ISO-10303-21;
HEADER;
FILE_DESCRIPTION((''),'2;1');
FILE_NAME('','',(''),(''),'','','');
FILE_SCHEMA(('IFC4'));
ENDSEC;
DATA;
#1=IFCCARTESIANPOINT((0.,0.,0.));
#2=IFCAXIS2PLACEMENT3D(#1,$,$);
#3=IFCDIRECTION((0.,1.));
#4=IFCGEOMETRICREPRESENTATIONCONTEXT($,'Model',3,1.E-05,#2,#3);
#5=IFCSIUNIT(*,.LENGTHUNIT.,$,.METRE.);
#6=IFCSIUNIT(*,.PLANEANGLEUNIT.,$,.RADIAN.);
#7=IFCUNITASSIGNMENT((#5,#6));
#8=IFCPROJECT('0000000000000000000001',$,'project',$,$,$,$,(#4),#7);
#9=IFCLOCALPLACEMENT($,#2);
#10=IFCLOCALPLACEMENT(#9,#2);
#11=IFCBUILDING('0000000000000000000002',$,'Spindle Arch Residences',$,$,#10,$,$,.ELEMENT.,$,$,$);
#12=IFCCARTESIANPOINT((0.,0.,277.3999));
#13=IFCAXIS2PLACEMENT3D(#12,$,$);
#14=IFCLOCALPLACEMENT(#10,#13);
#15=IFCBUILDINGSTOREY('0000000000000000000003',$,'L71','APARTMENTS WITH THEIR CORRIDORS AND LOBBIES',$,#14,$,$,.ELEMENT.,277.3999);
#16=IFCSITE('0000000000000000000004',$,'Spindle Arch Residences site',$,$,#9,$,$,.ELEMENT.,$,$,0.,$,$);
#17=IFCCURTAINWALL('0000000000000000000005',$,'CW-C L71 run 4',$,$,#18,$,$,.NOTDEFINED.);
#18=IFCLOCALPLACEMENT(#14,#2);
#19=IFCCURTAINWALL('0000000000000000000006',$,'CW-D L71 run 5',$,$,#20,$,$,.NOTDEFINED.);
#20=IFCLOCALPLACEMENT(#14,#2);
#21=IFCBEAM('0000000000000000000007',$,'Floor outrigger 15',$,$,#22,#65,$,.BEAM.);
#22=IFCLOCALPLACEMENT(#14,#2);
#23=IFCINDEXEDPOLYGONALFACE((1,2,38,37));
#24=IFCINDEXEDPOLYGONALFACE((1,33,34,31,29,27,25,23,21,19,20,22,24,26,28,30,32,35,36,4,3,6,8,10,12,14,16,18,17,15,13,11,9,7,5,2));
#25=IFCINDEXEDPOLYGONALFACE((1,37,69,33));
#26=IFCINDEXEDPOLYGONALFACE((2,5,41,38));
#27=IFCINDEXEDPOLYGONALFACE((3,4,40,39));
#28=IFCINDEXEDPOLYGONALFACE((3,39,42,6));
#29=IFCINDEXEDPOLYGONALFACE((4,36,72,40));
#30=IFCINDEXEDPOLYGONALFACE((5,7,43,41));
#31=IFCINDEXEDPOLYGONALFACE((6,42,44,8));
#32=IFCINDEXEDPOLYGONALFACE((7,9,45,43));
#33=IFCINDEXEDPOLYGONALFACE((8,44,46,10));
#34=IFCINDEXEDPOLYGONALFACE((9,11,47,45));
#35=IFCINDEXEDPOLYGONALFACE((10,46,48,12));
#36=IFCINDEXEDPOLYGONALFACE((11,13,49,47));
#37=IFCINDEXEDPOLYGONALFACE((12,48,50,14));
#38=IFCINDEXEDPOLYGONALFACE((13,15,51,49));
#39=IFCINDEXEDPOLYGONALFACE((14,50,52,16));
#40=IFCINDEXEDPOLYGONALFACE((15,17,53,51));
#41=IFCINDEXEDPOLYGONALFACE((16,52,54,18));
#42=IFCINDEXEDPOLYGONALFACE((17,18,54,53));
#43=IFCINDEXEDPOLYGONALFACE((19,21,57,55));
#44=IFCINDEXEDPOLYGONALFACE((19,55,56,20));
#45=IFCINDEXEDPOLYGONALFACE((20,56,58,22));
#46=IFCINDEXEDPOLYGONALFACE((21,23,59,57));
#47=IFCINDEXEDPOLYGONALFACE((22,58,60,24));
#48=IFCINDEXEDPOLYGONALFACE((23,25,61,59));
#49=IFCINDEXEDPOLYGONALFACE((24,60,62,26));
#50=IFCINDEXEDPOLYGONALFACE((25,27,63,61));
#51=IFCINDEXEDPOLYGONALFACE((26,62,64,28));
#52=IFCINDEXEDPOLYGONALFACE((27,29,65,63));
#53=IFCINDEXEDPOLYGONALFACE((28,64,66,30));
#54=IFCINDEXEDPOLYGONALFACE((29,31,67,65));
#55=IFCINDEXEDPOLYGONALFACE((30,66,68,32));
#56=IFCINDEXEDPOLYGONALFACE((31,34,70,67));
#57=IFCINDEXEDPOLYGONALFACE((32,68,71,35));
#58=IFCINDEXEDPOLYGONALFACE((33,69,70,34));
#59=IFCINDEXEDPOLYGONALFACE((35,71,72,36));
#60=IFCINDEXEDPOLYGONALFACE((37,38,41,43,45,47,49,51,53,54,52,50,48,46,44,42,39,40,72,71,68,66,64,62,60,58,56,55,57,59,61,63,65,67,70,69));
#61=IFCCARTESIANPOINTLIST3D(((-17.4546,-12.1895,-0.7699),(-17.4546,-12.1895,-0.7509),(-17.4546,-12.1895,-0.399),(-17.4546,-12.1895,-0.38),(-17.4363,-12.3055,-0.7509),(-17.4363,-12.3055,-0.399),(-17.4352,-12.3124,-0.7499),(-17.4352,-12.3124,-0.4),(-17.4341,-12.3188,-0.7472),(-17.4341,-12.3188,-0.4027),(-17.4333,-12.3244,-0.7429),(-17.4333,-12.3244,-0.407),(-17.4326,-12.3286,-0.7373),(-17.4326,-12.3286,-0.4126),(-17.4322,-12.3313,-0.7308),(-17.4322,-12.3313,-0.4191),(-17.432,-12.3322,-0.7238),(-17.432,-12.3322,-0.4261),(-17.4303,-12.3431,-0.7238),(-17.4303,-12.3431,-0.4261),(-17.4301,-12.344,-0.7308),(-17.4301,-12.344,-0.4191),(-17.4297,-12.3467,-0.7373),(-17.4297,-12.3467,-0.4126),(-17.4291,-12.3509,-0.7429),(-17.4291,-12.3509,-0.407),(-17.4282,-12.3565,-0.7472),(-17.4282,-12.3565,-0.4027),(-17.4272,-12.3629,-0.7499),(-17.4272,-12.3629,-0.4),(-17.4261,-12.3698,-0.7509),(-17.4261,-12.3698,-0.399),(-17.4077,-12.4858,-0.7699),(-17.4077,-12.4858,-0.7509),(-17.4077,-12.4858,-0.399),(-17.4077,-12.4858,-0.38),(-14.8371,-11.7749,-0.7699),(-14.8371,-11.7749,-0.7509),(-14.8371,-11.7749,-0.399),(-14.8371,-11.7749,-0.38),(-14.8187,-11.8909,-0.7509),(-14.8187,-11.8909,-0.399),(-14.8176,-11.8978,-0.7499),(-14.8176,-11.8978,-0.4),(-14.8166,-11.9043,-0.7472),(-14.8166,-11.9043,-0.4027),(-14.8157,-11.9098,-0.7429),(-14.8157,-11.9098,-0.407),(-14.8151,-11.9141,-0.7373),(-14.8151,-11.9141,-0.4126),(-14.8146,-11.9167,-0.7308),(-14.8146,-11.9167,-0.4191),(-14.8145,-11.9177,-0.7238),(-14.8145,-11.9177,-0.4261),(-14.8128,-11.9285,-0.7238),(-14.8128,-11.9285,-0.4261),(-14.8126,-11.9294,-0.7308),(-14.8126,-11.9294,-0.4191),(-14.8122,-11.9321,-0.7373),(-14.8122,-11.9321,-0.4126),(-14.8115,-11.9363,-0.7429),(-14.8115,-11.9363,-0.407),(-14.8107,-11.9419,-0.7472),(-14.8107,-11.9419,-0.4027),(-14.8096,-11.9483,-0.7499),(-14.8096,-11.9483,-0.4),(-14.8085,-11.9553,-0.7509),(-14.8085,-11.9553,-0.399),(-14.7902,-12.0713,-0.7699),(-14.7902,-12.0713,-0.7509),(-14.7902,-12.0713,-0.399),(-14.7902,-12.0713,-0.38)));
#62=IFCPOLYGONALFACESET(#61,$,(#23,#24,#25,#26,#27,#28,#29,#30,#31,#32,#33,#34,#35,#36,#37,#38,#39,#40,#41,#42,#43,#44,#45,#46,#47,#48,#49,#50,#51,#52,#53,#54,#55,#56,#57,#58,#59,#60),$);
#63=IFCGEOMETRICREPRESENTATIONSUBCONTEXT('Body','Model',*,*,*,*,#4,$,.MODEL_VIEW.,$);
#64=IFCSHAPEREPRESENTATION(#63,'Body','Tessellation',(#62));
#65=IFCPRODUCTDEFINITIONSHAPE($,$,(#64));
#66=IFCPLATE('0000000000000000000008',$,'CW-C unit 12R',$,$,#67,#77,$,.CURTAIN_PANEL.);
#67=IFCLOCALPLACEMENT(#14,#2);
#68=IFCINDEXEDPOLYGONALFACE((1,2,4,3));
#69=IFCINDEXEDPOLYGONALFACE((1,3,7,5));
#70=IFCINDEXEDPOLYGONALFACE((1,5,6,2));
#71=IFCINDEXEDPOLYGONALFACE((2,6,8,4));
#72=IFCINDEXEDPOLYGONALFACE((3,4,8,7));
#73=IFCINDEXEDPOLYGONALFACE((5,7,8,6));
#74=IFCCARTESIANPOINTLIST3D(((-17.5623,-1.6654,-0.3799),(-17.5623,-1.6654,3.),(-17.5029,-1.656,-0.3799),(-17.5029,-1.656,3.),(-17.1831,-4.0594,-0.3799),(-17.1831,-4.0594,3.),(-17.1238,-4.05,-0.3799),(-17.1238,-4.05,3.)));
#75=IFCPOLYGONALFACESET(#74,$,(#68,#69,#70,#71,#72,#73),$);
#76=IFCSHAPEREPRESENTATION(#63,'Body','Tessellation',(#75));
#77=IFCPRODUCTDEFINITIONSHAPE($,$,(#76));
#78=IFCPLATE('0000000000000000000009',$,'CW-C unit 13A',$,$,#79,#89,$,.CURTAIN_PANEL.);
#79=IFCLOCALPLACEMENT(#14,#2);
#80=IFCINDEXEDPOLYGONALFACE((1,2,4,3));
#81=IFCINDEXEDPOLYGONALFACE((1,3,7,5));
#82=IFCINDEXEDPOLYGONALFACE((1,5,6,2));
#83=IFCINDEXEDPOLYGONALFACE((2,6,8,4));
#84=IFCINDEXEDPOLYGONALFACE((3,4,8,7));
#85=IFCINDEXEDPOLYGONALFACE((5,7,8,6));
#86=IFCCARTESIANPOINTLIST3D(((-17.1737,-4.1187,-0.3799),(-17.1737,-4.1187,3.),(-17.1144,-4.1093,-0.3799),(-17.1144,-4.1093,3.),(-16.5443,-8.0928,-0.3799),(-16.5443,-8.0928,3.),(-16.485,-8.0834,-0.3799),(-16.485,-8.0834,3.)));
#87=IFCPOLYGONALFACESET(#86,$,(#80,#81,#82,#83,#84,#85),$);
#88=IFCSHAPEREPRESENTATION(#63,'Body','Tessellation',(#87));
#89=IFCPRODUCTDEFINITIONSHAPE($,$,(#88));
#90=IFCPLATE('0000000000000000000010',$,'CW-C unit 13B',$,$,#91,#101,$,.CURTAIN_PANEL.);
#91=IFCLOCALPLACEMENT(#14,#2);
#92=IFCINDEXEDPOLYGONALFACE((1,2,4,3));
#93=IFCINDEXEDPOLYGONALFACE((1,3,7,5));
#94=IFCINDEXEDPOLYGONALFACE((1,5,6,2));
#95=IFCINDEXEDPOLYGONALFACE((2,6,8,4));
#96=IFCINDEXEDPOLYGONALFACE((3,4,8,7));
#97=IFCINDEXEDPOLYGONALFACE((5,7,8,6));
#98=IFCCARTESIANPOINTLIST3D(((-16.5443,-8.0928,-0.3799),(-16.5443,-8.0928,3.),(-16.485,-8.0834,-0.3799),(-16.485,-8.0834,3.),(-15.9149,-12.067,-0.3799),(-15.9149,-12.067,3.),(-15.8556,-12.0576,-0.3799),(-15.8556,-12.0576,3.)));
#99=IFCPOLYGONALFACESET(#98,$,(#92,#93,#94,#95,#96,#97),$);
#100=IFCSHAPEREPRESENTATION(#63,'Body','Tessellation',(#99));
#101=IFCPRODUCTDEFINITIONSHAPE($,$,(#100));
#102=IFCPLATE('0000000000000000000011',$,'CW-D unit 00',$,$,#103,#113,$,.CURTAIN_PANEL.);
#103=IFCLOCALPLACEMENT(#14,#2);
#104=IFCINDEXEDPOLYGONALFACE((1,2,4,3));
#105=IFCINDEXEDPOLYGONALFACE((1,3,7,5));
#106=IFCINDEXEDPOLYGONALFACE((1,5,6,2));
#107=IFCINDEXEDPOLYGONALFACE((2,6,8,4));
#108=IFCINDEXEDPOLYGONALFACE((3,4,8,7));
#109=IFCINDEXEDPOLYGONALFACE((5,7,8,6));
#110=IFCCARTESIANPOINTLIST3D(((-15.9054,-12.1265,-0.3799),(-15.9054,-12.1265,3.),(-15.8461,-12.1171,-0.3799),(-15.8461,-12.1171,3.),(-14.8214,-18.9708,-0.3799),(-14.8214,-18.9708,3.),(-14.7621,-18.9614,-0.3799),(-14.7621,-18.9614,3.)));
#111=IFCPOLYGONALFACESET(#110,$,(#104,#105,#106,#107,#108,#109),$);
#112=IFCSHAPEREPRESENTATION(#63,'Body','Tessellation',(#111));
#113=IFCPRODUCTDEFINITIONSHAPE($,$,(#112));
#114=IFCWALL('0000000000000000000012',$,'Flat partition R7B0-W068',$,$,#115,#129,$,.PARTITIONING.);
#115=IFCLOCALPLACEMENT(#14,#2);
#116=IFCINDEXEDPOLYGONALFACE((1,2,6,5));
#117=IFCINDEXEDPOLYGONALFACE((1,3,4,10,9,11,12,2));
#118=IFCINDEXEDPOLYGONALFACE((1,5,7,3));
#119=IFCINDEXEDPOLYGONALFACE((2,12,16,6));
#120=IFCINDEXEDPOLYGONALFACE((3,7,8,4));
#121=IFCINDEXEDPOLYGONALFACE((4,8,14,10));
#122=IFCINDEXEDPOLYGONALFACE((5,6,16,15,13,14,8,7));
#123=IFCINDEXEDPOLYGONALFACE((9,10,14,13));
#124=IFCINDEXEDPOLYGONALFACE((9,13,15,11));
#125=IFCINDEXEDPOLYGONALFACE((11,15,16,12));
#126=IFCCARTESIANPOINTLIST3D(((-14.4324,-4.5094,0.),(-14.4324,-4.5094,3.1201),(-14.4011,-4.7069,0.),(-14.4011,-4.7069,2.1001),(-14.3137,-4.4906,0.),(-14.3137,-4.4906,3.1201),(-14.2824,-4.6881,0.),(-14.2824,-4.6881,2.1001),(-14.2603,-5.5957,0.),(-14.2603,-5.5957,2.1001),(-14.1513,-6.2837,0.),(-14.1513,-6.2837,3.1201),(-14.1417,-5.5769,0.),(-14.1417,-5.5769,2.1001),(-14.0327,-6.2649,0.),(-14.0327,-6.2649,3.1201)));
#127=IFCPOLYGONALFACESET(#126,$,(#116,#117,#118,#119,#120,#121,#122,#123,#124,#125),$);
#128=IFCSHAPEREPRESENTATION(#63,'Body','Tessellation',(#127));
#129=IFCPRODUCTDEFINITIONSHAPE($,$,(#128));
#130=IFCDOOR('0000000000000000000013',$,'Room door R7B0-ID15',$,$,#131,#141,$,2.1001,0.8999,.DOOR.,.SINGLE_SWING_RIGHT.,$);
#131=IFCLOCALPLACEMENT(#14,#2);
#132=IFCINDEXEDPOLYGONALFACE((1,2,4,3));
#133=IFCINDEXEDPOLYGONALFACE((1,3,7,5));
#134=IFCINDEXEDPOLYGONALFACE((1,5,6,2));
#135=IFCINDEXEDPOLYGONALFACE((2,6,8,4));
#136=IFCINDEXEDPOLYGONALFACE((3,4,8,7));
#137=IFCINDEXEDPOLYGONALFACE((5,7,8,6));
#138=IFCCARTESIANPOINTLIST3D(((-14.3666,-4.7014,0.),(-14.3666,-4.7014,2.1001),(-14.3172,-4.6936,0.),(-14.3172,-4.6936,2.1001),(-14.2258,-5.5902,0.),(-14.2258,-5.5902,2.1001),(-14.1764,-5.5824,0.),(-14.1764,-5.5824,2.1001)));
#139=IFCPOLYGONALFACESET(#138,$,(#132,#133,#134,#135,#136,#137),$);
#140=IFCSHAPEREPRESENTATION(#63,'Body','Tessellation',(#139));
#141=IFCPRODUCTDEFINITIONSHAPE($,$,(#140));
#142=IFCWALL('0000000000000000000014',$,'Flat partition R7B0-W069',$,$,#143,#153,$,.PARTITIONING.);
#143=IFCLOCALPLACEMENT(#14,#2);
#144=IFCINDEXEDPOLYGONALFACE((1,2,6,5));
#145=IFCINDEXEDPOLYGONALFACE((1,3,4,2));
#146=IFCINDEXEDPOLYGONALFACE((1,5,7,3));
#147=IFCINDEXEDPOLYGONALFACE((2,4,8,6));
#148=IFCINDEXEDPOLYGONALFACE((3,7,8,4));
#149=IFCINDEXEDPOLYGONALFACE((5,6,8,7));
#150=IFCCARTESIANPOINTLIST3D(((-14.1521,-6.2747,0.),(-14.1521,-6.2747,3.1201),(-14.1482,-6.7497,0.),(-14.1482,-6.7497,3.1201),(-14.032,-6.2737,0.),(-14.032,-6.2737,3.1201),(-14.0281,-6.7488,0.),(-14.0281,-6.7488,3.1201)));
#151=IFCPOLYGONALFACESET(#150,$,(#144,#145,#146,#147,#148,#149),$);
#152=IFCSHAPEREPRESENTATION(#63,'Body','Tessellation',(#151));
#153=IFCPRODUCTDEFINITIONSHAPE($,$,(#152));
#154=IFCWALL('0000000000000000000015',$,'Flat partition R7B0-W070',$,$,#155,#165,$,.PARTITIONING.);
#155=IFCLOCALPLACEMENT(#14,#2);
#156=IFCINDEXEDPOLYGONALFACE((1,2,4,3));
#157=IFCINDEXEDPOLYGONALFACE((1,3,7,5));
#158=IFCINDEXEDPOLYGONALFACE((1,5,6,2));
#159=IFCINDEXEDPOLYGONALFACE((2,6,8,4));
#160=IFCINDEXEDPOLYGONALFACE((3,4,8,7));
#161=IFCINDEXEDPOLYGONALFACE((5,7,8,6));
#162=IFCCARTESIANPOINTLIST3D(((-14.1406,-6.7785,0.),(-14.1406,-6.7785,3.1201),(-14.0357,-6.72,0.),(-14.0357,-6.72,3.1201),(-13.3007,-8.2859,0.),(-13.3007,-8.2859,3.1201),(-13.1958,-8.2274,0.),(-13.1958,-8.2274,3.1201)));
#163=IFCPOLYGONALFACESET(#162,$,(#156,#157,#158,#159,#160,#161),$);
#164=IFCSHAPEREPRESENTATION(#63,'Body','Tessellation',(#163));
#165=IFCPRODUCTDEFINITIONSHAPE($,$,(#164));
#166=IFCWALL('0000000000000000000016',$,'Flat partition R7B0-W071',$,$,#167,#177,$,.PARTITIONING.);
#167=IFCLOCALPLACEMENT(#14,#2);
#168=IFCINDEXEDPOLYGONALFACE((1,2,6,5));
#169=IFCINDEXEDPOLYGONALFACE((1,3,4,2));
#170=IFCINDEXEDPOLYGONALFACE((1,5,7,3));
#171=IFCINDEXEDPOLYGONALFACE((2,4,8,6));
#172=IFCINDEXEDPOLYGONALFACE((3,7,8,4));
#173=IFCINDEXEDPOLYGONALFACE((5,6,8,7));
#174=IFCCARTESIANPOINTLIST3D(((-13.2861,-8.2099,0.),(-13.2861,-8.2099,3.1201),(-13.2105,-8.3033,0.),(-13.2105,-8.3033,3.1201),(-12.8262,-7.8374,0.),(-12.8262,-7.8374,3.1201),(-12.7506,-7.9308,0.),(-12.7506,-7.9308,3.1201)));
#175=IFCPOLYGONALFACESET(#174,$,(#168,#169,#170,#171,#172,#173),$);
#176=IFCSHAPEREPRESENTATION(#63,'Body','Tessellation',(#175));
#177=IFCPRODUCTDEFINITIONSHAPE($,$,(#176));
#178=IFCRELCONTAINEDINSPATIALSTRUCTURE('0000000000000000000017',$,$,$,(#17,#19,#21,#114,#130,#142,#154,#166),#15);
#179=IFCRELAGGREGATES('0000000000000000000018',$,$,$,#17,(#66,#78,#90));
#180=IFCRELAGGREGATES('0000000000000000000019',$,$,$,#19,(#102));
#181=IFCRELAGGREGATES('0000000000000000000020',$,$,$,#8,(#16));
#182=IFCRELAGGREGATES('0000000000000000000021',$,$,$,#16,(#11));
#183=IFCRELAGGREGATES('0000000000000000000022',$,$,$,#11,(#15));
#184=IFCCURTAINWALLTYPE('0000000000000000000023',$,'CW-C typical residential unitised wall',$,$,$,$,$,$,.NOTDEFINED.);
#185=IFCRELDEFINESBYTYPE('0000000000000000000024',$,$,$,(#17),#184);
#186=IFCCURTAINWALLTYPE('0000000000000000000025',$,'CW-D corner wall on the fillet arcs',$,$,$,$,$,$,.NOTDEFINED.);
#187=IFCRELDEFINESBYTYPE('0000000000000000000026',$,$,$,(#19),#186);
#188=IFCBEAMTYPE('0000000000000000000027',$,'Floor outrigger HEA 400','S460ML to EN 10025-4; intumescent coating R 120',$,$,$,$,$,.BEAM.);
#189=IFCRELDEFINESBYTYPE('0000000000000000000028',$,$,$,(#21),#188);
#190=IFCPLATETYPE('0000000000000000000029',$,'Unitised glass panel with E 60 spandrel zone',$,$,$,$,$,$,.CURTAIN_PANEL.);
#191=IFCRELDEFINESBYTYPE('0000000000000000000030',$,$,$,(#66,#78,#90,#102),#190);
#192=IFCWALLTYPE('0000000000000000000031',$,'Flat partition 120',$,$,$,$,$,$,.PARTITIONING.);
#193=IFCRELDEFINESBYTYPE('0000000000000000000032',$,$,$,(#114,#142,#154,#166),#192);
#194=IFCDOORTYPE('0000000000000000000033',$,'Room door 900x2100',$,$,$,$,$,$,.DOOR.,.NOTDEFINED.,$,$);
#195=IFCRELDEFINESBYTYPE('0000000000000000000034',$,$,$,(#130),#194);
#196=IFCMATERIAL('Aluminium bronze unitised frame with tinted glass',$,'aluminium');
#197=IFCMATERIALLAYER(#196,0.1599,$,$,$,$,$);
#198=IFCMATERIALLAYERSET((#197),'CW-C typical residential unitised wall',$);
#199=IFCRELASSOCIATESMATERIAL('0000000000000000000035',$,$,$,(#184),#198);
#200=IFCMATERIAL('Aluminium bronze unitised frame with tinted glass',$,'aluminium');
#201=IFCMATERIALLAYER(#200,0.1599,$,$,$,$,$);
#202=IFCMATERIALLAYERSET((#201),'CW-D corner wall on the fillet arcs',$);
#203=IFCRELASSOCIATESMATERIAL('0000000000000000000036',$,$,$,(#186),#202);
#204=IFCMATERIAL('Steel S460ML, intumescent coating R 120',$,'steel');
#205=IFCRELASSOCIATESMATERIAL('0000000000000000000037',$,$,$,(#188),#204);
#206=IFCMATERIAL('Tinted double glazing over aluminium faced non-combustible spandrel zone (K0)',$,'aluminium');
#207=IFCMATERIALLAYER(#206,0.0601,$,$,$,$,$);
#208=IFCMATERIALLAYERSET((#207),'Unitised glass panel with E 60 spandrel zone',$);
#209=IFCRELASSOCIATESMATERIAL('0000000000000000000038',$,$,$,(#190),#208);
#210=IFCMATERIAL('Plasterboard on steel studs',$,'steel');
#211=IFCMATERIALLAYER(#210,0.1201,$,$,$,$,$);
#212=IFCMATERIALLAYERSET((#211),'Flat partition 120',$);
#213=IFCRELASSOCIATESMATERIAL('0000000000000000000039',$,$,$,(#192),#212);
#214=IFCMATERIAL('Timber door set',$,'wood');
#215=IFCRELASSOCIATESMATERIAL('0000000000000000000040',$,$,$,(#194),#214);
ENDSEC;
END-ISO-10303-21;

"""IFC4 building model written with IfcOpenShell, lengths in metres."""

from ifc_helpers import new_model, si_unit, direction, frame, frame_2d, origin, origin_2d, place, context, subcontext, project, spatial, rectangle, i_section, extrude, material, layer, layer_set, material_profile, profile_set, type_object, element, fill, aggregate, save


model = new_model("IFC4")

# Units and contexts
model_context = context("Model", 3, precision=1e-05, world=origin(), true_north=direction((0.0, 1.0)))
body_context = subcontext(model_context, "Body", "Model", "MODEL_VIEW")
ifc_project = project(units=[si_unit("LENGTHUNIT", "METRE"), si_unit("PLANEANGLEUNIT", "RADIAN")], contexts=[model_context])

# Site, building, storey
site_placement = place(None, origin())
site = spatial("IfcSite", under=ifc_project, at=site_placement, Name="Spindle Arch Residences site", CompositionType="ELEMENT", RefElevation=0.0)
building_placement = place(site_placement, origin())
building = spatial("IfcBuilding", under=site, at=building_placement, Name="Spindle Arch Residences", CompositionType="ELEMENT")
storey_placement = place(building_placement, frame((0.0, 0.0, 277.3999)))
storey = spatial("IfcBuildingStorey", under=building, at=storey_placement, Name="L71", Description="APARTMENTS WITH THEIR CORRIDORS AND LOBBIES", CompositionType="ELEMENT", Elevation=277.3999)

# Curtain wall
ifc_material_1 = material(Name="Aluminium bronze unitised frame with tinted glass", Category="aluminium")
ifc_layer_1 = layer(ifc_material_1, 0.1599)
ifc_layer_set_1 = layer_set([ifc_layer_1], Name="CW-C typical residential unitised wall")
curtain_wall_type_1 = type_object("IfcCurtainWallType", Name="CW-C typical residential unitised wall", PredefinedType="NOTDEFINED", material=ifc_layer_set_1)
curtain_wall_1_placement = place(storey_placement, origin())
curtain_wall_1 = element("IfcCurtainWall", 1, at=curtain_wall_1_placement, inside=storey, type_object=curtain_wall_type_1, Name="CW-C L71 run 4", PredefinedType="NOTDEFINED")

# Curtain wall
ifc_material_2 = material(Name="Aluminium bronze unitised frame with tinted glass", Category="aluminium")
ifc_layer_2 = layer(ifc_material_2, 0.1599)
ifc_layer_set_2 = layer_set([ifc_layer_2], Name="CW-D corner wall on the fillet arcs")
curtain_wall_type_2 = type_object("IfcCurtainWallType", Name="CW-D corner wall on the fillet arcs", PredefinedType="NOTDEFINED", material=ifc_layer_set_2)
curtain_wall_2_placement = place(storey_placement, origin())
curtain_wall_2 = element("IfcCurtainWall", 2, at=curtain_wall_2_placement, inside=storey, type_object=curtain_wall_type_2, Name="CW-D L71 run 5", PredefinedType="NOTDEFINED")

# Beam
ifc_material_3 = material(Name="Steel S460ML, intumescent coating R 120", Category="steel")
ifc_material_profile_1 = material_profile(ifc_material_3, i_section(OverallWidth=0.3, OverallDepth=0.3899, WebThickness=0.011, FlangeThickness=0.019, FilletRadius=0.0271, at=origin_2d()), Name="HEA 400")
ifc_profile_set_1 = profile_set([ifc_material_profile_1], Name="Steel S460ML, intumescent coating R 120")
beam_type_1 = type_object("IfcBeamType", Name="Floor outrigger HEA 400", Description="S460ML to EN 10025-4; intumescent coating R 120", PredefinedType="BEAM", material=ifc_profile_set_1)
for number, where, z_axis, x_axis, name in (
    (3, (-17.4312, -12.3376, -0.575), (0.987689, 0.156431, 0.0), (-0.156431, 0.987689, 0.0), "Floor outrigger 15"),
):
    element("IfcBeam", number, at=place(storey_placement, frame(where, z_axis=z_axis, x_axis=x_axis)), inside=storey, type_object=beam_type_1, Name=name, PredefinedType="BEAM", context=body_context, shape_type="SweptSolid", body=[
        extrude(i_section(OverallWidth=0.3, OverallDepth=0.3899, WebThickness=0.011, FlangeThickness=0.019, FilletRadius=0.0271, at=origin_2d()), origin(), (0.0, 0.0, 1.0), 2.6501),
    ])

# Plates
ifc_material_4 = material(Name="Tinted double glazing over aluminium faced non-combustible spandrel zone (K0)", Category="aluminium")
ifc_layer_3 = layer(ifc_material_4, 0.0601)
ifc_layer_set_3 = layer_set([ifc_layer_3], Name="Unitised glass panel with E 60 spandrel zone")
plate_type = type_object("IfcPlateType", Name="Unitised glass panel with E 60 spandrel zone", PredefinedType="CURTAIN_PANEL", material=ifc_layer_set_3)
plate_1_placement = place(storey_placement, frame((-17.343, -2.8577, -0.3799), z_axis=(0.0, 0.0, 1.0), x_axis=(0.156434, -0.987688, 0.0)))
plate_1 = element("IfcPlate", 4, at=plate_1_placement, type_object=plate_type, Name="CW-C unit 12R", PredefinedType="CURTAIN_PANEL", context=body_context, shape_type="SweptSolid", body=[
    extrude(rectangle(XDim=2.4238, YDim=0.0601, at=origin_2d()), origin(), (0.0, 0.0, 1.0), 3.3799),
])
plate_2_placement = place(storey_placement, frame((-16.8293, -6.1011, -0.3799), z_axis=(0.0, 0.0, 1.0), x_axis=(0.156434, -0.987688, 0.0)))
plate_2 = element("IfcPlate", 5, at=plate_2_placement, type_object=plate_type, Name="CW-C unit 13A", PredefinedType="CURTAIN_PANEL", context=body_context, shape_type="SweptSolid", body=[
    extrude(rectangle(XDim=4.0237, YDim=0.0601, at=origin_2d()), origin(), (0.0, 0.0, 1.0), 3.3799),
])
plate_3_placement = place(storey_placement, frame((-16.2, -10.0752, -0.3799), z_axis=(0.0, 0.0, 1.0), x_axis=(0.156434, -0.987688, 0.0)))
plate_3 = element("IfcPlate", 6, at=plate_3_placement, type_object=plate_type, Name="CW-C unit 13B", PredefinedType="CURTAIN_PANEL", context=body_context, shape_type="SweptSolid", body=[
    extrude(rectangle(XDim=4.0237, YDim=0.0601, at=origin_2d()), origin(), (0.0, 0.0, 1.0), 3.3799),
])
aggregate(curtain_wall_1, [plate_1, plate_2, plate_3])
plate_4_placement = place(storey_placement, frame((-15.3337, -15.5439, -0.3799), z_axis=(0.0, 0.0, 1.0), x_axis=(0.156434, -0.987688, 0.0)))
plate_4 = element("IfcPlate", 7, at=plate_4_placement, type_object=plate_type, Name="CW-D unit 00", PredefinedType="CURTAIN_PANEL", context=body_context, shape_type="SweptSolid", body=[
    extrude(rectangle(XDim=6.9297, YDim=0.0601, at=origin_2d()), origin(), (0.0, 0.0, 1.0), 3.3799),
])
aggregate(curtain_wall_2, [plate_4])

# Wall, opening, door
ifc_material_5 = material(Name="Plasterboard on steel studs", Category="steel")
ifc_layer_4 = layer(ifc_material_5, 0.1201)
ifc_layer_set_4 = layer_set([ifc_layer_4], Name="Flat partition 120")
wall_type_1 = type_object("IfcWallType", Name="Flat partition 120", PredefinedType="PARTITIONING", material=ifc_layer_set_4)
wall_1_placement = place(storey_placement, frame((-14.373, -4.5, 0.0), z_axis=(0.0, 0.0, 1.0), x_axis=(0.156437, -0.987688, 0.0)))
wall_1 = element("IfcWall", 8, at=wall_1_placement, inside=storey, type_object=wall_type_1, Name="Flat partition R7B0-W068", PredefinedType="PARTITIONING", context=body_context, shape_type="SweptSolid", body=[
    extrude(rectangle(XDim=1.7964, YDim=0.1201, at=frame_2d((0.8982, 0.0))), origin(), (0.0, 0.0, 1.0), 3.1201),
])
opening_1_placement = place(wall_1_placement, frame((0.2, 0.0, 0.0)))
opening_1 = element("IfcOpeningElement", 9, at=opening_1_placement, cuts=wall_1, PredefinedType="OPENING", context=body_context, shape_type="SweptSolid", body=[
    extrude(rectangle(XDim=0.8999, YDim=2.1001, at=frame_2d((0.45, 1.05))), frame((0.0, 0.0701, 0.0), z_axis=(0.0, -1.0, 0.0), x_axis=(1.0, 0.0, 0.0)), (0.0, 0.0, 1.0), 0.1401),
])
ifc_material_6 = material(Name="Timber door set", Category="wood")
door_type = type_object("IfcDoorType", Name="Room door 900x2100", OperationType="NOTDEFINED", PredefinedType="DOOR", material=ifc_material_6)
door_1_placement = place(opening_1_placement, origin())
door_1 = element("IfcDoor", 10, at=door_1_placement, inside=storey, type_object=door_type, Name="Room door R7B0-ID15", OperationType="SINGLE_SWING_RIGHT", OverallHeight=2.1001, OverallWidth=0.8999, PredefinedType="DOOR", context=body_context, shape_type="SweptSolid", body=[
    extrude(rectangle(XDim=0.8999, YDim=2.1001, at=frame_2d((0.45, 1.05))), frame((0.0, 0.0249, 0.0), z_axis=(0.0, -1.0, 0.0), x_axis=(1.0, 0.0, 0.0)), (0.0, 0.0, 1.0), 0.05),
])
fill(opening_1, door_1)

# Walls
wall_2_placement = place(storey_placement, frame((-14.092, -6.2742, 0.0), z_axis=(0.0, 0.0, 1.0), x_axis=(0.008222, -0.999966, 0.0)))
element("IfcWall", 11, at=wall_2_placement, inside=storey, type_object=wall_type_1, Name="Flat partition R7B0-W069", PredefinedType="PARTITIONING", context=body_context, shape_type="SweptSolid", body=[
    extrude(rectangle(XDim=0.4751, YDim=0.1201, at=frame_2d((0.2375, 0.0))), origin(), (0.0, 0.0, 1.0), 3.1201),
])
wall_3_placement = place(storey_placement, frame((-14.0881, -6.7493, 0.0), z_axis=(0.0, 0.0, 1.0), x_axis=(0.486724, -0.873556, 0.0)))
element("IfcWall", 12, at=wall_3_placement, inside=storey, type_object=wall_type_1, Name="Flat partition R7B0-W070", PredefinedType="PARTITIONING", context=body_context, shape_type="SweptSolid", body=[
    extrude(rectangle(XDim=1.7256, YDim=0.1201, at=frame_2d((0.8628, 0.0))), origin(), (0.0, 0.0, 1.0), 3.1201),
])
wall_4_placement = place(storey_placement, frame((-13.2483, -8.2566, 0.0), z_axis=(0.0, 0.0, 1.0), x_axis=(0.777072, 0.629412, 0.0)))
element("IfcWall", 13, at=wall_4_placement, inside=storey, type_object=wall_type_1, Name="Flat partition R7B0-W071", PredefinedType="PARTITIONING", context=body_context, shape_type="SweptSolid", body=[
    extrude(rectangle(XDim=0.5918, YDim=0.1201, at=frame_2d((0.2959, 0.0))), origin(), (0.0, 0.0, 1.0), 3.1201),
])

save(model, "model.ifc")
